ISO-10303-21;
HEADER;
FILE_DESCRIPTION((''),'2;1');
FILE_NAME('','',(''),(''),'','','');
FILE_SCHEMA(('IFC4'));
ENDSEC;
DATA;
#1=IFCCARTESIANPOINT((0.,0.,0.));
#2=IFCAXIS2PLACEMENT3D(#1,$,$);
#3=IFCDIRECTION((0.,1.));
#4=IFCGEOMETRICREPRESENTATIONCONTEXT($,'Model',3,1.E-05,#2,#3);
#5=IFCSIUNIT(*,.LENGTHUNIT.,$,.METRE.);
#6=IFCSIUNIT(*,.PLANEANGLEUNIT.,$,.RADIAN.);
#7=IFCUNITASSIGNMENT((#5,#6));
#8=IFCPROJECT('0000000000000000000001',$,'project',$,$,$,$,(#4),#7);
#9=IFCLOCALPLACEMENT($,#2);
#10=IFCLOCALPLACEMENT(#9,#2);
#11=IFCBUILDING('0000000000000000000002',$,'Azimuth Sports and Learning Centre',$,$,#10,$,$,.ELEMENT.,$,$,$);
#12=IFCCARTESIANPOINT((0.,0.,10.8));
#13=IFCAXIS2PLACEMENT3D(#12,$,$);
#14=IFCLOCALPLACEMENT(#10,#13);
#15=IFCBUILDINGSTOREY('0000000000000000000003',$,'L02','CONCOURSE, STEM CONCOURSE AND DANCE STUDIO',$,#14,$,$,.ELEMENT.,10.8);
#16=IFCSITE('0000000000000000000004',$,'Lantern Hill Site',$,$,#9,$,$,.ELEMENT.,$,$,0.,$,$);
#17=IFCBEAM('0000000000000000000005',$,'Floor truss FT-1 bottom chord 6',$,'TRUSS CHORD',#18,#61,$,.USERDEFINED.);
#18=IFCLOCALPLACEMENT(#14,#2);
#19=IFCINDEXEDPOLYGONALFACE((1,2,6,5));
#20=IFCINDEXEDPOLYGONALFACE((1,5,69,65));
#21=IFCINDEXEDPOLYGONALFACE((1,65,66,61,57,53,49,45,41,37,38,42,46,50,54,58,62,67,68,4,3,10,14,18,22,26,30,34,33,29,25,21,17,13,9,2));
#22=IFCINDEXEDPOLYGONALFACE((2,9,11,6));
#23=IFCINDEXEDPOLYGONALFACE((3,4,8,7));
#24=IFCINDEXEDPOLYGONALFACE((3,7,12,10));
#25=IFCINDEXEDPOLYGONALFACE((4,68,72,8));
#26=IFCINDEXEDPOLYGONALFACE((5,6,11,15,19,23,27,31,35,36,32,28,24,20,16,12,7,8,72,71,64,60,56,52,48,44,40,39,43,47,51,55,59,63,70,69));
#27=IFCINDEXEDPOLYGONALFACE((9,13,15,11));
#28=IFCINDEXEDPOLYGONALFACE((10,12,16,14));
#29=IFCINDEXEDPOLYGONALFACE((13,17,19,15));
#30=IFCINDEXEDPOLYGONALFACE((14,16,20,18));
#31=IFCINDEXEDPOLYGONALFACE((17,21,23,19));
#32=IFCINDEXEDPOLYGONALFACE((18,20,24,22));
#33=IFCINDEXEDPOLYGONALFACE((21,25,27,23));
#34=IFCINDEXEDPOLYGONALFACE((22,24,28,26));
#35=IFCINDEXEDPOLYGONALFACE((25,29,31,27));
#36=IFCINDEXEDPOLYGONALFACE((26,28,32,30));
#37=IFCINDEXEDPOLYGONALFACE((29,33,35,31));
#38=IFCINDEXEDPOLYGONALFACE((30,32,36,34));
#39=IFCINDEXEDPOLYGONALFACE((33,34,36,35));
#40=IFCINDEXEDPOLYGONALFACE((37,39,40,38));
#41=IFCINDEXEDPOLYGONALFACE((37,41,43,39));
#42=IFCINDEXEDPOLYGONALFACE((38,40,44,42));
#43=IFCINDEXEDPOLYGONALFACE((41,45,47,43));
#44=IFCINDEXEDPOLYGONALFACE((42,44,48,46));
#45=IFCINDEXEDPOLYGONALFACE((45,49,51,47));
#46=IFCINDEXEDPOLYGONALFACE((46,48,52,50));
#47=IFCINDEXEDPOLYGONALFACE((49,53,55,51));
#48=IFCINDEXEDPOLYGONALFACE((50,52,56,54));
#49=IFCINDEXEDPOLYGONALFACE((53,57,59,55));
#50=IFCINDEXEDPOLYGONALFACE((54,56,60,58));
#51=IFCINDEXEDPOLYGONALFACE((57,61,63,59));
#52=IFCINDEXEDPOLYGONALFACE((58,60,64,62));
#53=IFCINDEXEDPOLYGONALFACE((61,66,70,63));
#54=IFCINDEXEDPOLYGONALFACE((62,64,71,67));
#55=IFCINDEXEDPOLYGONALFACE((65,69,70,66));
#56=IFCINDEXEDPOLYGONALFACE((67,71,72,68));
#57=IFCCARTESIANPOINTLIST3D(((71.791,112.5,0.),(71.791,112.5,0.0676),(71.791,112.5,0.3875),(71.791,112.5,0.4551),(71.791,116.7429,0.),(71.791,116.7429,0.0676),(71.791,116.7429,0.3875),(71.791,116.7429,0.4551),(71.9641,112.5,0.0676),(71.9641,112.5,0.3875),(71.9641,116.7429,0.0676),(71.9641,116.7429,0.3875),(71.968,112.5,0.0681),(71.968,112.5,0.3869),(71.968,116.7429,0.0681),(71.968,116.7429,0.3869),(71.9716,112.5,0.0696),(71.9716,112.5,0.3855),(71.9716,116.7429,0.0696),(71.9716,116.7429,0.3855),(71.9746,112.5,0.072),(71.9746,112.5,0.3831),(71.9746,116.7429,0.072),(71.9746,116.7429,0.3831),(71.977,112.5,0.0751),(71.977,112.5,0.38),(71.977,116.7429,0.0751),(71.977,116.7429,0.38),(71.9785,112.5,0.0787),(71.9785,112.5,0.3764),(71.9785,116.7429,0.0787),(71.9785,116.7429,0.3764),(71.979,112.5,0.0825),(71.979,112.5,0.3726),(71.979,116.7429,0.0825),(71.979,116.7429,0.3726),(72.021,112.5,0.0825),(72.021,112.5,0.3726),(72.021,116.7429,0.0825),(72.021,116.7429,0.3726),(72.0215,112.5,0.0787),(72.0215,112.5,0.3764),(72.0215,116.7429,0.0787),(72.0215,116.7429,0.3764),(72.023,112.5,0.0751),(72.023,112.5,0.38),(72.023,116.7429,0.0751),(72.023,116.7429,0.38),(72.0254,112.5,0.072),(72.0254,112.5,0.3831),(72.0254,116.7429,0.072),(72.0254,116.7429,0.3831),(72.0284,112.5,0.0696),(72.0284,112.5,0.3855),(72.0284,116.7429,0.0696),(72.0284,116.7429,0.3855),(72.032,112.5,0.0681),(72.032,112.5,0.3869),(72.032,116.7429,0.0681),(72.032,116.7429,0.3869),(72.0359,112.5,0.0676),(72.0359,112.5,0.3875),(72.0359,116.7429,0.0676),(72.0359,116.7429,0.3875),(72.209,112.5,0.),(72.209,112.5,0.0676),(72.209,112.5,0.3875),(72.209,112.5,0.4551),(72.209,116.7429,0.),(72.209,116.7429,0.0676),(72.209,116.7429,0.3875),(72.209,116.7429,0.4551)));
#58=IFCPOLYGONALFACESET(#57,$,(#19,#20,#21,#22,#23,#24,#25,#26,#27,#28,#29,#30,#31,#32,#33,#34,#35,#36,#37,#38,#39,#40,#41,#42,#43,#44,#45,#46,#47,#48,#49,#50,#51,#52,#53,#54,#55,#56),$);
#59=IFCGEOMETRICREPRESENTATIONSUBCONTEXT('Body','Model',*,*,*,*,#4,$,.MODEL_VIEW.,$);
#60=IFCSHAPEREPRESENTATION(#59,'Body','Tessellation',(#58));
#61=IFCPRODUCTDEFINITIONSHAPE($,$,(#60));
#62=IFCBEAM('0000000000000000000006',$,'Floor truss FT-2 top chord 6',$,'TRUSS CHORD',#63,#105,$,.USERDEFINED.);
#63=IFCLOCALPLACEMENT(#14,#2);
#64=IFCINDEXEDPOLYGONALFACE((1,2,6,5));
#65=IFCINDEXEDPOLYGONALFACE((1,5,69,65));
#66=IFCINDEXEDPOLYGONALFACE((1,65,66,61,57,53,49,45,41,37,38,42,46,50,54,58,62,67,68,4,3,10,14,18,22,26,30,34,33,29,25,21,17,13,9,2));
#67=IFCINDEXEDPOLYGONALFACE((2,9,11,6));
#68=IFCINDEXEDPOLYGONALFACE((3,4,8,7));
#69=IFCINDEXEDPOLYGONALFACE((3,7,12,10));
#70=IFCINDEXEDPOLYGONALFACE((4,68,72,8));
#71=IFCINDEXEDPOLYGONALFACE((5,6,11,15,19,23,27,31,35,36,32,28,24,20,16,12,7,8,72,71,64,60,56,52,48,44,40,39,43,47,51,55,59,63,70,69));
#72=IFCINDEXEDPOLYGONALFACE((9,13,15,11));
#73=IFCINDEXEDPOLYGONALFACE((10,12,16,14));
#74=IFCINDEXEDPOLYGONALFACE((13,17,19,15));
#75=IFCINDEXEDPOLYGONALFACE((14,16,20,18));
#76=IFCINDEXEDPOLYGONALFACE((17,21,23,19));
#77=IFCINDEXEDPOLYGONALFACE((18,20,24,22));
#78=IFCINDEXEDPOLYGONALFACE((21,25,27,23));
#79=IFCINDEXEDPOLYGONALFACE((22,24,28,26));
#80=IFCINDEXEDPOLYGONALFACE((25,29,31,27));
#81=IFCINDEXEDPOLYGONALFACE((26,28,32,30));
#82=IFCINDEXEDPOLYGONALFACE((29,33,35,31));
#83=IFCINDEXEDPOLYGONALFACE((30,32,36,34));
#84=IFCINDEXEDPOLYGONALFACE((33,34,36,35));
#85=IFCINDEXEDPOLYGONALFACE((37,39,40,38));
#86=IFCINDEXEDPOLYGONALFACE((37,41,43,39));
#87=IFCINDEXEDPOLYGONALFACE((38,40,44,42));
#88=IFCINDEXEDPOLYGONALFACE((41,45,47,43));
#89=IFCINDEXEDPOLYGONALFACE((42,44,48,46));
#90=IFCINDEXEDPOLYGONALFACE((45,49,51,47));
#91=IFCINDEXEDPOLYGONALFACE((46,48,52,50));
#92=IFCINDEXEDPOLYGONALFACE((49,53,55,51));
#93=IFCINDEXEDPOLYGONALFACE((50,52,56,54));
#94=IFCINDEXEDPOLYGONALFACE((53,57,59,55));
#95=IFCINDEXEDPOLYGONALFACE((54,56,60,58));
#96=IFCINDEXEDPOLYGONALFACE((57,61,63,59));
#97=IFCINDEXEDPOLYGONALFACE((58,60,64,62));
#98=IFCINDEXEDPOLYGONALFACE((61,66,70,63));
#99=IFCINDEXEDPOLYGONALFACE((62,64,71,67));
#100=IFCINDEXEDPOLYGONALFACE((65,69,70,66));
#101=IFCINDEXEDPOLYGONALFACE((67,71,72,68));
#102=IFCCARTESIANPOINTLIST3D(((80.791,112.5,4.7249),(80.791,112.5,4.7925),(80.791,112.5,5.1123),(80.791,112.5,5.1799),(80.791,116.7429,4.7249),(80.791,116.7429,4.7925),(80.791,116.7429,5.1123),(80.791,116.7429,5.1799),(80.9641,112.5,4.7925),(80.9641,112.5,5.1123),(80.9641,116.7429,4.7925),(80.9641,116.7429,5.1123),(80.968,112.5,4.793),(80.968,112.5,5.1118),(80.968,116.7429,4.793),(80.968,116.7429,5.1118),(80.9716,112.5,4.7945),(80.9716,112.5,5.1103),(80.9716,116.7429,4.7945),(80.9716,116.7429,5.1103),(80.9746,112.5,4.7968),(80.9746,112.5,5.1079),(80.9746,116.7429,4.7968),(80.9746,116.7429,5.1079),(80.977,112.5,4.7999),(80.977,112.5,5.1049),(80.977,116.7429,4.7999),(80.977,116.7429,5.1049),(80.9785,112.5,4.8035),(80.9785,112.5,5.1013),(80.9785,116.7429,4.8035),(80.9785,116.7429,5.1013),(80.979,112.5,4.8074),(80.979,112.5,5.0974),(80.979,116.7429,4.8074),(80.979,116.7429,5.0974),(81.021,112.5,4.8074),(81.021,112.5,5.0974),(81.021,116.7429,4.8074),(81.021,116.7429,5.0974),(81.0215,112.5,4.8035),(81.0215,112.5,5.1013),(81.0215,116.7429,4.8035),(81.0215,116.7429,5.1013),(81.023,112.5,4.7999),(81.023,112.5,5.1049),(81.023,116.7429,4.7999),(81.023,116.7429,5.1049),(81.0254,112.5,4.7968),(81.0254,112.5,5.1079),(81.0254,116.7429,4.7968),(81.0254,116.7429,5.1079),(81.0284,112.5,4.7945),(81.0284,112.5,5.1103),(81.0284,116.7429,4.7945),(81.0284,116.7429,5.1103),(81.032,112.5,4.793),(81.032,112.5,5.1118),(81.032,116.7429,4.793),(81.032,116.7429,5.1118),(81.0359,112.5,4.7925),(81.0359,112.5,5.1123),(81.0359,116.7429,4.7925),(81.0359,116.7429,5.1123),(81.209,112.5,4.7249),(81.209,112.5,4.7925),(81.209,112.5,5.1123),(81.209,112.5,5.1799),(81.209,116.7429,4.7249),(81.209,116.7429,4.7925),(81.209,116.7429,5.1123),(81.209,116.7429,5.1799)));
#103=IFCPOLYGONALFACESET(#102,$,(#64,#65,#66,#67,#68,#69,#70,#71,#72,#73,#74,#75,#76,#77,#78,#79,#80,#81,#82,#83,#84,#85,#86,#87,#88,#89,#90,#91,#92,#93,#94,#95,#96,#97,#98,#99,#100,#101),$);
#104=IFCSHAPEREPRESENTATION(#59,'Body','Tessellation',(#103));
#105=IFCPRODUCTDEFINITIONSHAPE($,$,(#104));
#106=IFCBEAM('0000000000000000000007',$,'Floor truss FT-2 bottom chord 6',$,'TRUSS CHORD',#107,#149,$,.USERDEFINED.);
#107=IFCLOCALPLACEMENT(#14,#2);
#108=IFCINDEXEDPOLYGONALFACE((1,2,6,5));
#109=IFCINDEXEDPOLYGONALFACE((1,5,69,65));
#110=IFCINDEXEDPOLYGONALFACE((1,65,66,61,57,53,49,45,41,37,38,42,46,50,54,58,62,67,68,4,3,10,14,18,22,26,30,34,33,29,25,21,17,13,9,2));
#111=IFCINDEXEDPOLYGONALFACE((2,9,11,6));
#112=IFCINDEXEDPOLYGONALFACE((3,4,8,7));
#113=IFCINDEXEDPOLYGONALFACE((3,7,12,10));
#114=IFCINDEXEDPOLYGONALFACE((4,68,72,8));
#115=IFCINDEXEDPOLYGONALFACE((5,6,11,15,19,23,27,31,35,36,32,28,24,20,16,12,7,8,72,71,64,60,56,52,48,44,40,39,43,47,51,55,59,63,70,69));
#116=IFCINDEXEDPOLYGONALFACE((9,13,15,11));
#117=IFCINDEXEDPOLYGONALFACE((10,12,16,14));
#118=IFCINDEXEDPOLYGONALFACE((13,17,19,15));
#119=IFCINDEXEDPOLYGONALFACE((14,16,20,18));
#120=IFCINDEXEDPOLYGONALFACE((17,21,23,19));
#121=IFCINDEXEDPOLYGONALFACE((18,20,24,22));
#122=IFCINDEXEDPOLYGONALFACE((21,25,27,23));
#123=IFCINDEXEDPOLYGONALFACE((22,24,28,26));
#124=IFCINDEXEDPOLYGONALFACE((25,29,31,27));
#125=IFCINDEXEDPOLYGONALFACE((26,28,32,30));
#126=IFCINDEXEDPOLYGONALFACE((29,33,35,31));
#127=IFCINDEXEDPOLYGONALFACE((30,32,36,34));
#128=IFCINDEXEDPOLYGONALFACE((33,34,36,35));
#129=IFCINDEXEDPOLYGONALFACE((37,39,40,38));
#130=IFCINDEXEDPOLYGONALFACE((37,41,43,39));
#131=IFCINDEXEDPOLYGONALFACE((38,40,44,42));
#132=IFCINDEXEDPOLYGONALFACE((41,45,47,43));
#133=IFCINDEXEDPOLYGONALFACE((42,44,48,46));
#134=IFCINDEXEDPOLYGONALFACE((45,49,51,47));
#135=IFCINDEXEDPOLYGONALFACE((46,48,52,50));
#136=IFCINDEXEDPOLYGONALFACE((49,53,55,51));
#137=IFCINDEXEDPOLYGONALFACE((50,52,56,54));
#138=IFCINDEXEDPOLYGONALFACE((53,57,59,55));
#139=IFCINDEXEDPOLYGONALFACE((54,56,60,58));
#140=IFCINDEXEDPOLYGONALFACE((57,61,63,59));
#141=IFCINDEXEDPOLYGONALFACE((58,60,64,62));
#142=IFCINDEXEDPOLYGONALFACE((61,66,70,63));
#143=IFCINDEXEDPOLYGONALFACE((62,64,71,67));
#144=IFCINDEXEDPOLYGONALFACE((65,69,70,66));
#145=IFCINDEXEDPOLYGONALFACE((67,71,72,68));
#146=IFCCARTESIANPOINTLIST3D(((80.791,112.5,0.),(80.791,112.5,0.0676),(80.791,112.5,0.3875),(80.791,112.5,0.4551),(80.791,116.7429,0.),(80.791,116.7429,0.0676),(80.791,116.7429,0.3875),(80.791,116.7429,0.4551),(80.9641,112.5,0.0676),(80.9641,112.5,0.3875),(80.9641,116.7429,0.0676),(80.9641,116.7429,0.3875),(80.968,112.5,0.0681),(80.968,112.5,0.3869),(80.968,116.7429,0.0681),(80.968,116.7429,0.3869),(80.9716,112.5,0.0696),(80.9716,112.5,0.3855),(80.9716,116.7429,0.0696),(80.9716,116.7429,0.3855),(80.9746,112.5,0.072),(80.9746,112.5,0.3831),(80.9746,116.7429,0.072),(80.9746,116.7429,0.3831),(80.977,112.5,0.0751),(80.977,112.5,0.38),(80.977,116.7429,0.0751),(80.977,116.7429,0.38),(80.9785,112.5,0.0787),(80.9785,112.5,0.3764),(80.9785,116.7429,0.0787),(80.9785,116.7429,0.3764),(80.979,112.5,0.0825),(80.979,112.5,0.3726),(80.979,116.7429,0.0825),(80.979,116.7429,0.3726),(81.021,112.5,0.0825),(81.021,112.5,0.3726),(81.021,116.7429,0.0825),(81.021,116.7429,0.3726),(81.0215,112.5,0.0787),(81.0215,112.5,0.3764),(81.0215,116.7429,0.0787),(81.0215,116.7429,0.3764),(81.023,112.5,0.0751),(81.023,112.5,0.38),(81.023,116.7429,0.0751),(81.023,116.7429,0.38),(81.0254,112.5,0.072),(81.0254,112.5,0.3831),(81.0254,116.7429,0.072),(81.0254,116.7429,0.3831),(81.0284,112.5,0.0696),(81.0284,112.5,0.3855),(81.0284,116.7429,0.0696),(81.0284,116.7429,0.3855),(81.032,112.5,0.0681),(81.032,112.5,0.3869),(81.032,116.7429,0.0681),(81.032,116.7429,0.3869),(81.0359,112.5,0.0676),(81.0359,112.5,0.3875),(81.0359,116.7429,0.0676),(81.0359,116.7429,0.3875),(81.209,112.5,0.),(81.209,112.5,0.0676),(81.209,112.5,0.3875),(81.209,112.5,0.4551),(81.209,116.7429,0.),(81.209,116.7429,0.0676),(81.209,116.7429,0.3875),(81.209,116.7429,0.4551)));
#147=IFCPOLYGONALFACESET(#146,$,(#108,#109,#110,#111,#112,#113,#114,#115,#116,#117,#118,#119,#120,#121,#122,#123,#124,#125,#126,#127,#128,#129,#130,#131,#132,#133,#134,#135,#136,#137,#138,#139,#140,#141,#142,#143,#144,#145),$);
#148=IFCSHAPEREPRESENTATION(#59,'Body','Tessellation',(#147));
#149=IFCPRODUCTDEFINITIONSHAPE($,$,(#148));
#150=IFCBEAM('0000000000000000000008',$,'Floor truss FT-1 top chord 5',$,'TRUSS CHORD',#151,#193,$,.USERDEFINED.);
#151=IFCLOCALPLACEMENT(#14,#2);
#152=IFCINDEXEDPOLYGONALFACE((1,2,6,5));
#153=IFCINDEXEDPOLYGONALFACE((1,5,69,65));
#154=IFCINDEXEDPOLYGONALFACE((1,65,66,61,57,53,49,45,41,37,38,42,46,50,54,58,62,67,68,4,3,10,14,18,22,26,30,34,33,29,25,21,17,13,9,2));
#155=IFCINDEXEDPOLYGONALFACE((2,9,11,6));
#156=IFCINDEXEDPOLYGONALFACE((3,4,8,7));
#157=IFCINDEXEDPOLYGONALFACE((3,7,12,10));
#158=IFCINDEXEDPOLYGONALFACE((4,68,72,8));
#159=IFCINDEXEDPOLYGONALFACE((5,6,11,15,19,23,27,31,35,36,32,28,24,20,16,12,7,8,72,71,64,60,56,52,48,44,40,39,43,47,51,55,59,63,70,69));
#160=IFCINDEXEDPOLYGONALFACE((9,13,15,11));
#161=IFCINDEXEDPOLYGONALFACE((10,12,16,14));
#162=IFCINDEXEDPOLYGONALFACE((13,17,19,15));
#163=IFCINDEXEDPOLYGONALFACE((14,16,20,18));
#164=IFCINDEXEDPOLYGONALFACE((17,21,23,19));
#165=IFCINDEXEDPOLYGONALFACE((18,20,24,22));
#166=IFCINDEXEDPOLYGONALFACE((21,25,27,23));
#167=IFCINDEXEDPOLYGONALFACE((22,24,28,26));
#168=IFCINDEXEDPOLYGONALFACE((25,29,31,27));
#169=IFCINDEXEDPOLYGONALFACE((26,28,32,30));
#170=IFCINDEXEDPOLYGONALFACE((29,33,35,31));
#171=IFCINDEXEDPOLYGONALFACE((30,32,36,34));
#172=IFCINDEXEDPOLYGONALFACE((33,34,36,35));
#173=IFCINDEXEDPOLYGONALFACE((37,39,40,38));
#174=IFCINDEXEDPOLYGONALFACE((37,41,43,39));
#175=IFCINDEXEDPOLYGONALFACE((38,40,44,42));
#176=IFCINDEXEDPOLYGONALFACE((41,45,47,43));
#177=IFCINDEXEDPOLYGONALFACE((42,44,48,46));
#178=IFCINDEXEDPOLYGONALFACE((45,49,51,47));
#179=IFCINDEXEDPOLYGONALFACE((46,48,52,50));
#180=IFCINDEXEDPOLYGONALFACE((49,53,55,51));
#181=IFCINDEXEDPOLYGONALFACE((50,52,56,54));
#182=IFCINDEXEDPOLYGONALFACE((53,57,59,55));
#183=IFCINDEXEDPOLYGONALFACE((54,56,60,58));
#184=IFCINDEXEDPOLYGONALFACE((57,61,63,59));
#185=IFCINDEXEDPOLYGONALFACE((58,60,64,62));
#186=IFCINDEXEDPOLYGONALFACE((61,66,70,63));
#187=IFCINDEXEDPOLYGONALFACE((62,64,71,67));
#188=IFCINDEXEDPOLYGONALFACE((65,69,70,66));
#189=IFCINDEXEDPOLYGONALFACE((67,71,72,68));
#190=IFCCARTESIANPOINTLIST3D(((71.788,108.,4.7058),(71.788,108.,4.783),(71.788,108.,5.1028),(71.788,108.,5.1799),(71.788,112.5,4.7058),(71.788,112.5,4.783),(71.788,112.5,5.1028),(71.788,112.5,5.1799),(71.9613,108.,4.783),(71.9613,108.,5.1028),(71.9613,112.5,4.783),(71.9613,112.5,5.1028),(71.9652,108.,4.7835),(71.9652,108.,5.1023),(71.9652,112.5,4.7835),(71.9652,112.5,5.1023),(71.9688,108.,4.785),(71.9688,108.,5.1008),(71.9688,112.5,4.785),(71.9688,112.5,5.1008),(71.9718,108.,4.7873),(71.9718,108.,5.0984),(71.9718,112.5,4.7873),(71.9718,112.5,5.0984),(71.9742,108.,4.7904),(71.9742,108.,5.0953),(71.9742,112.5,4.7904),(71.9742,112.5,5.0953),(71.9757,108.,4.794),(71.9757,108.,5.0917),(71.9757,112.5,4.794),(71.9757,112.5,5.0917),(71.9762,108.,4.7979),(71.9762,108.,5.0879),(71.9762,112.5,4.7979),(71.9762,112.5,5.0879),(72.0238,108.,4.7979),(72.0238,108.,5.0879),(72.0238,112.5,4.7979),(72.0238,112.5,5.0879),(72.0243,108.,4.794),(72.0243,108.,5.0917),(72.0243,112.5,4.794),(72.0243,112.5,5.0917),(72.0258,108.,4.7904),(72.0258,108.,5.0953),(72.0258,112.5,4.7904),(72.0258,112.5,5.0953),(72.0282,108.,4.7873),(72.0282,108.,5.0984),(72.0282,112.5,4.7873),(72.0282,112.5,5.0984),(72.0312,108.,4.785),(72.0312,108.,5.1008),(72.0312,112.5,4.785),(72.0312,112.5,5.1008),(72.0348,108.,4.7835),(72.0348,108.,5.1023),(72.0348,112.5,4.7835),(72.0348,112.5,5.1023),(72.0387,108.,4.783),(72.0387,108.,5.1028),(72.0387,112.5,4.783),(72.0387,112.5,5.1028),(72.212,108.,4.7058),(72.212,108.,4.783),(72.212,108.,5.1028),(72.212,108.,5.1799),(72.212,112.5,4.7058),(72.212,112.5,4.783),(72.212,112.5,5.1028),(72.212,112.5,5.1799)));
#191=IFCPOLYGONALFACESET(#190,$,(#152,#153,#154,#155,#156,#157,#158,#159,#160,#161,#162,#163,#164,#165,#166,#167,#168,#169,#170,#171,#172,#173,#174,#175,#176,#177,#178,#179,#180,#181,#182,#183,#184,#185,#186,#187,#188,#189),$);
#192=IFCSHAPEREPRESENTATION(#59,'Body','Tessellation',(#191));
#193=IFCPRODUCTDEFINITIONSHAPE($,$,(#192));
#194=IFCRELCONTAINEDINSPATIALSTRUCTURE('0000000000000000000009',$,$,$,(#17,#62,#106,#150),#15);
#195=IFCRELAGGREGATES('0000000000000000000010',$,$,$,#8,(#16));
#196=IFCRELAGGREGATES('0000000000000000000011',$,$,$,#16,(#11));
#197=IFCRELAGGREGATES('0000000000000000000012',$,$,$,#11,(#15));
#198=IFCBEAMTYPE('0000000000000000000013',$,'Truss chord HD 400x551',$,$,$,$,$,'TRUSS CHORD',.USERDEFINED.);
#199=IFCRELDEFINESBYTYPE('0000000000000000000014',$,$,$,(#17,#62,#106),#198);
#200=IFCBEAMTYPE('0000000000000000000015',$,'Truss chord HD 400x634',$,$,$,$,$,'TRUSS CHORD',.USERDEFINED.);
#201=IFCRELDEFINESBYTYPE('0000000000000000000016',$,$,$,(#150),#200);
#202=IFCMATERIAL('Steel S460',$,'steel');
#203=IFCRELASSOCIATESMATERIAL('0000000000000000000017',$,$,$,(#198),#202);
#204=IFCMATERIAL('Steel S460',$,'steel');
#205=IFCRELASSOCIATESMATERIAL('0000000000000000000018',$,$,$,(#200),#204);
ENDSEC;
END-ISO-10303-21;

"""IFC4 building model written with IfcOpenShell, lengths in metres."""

from ifc_helpers import new_model, si_unit, direction, frame, origin, origin_2d, place, context, subcontext, project, spatial, i_section, extrude, material, material_profile, profile_set, type_object, element, save


model = new_model("IFC4")

# Units and contexts
model_context = context("Model", 3, precision=1e-05, world=origin(), true_north=direction((0.0, 1.0)))
body_context = subcontext(model_context, "Body", "Model", "MODEL_VIEW")
ifc_project = project(units=[si_unit("LENGTHUNIT", "METRE"), si_unit("PLANEANGLEUNIT", "RADIAN")], contexts=[model_context])

# Site, building, storey
site_placement = place(None, origin())
site = spatial("IfcSite", under=ifc_project, at=site_placement, Name="Lantern Hill Site", CompositionType="ELEMENT", RefElevation=0.0)
building_placement = place(site_placement, origin())
building = spatial("IfcBuilding", under=site, at=building_placement, Name="Azimuth Sports and Learning Centre", CompositionType="ELEMENT")
storey_placement = place(building_placement, frame((0.0, 0.0, 10.8)))
storey = spatial("IfcBuildingStorey", under=building, at=storey_placement, Name="L02", Description="CONCOURSE, STEM CONCOURSE AND DANCE STUDIO", CompositionType="ELEMENT", Elevation=10.8)

# Beams
ifc_material_1 = material(Name="Steel S460", Category="steel")
ifc_material_profile_1 = material_profile(ifc_material_1, i_section(OverallWidth=0.418, OverallDepth=0.4551, WebThickness=0.042, FlangeThickness=0.0676, FilletRadius=0.0149, at=origin_2d()), Name="HD 400x551")
ifc_profile_set_1 = profile_set([ifc_material_profile_1], Name="Steel S460")
beam_type_1 = type_object("IfcBeamType", Name="Truss chord HD 400x551", ElementType="TRUSS CHORD", PredefinedType="USERDEFINED", material=ifc_profile_set_1)
for number, where, z_axis, x_axis, name in (
    (1, (72.0, 112.5, 0.2275), (0.0, 1.0, 0.0), (-1.0, 0.0, 0.0), "Floor truss FT-1 bottom chord 6"),
    (2, (81.0, 112.5, 4.9524), (0.0, 1.0, 0.0), (-1.0, 0.0, 0.0), "Floor truss FT-2 top chord 6"),
    (3, (81.0, 112.5, 0.2275), (0.0, 1.0, 0.0), (-1.0, 0.0, 0.0), "Floor truss FT-2 bottom chord 6"),
):
    element("IfcBeam", number, at=place(storey_placement, frame(where, z_axis=z_axis, x_axis=x_axis)), inside=storey, type_object=beam_type_1, Name=name, ObjectType="TRUSS CHORD", PredefinedType="USERDEFINED", context=body_context, shape_type="SweptSolid", body=[
        extrude(i_section(OverallWidth=0.418, OverallDepth=0.4551, WebThickness=0.042, FlangeThickness=0.0676, FilletRadius=0.0149, at=origin_2d()), origin(), (0.0, 0.0, 1.0), 4.2429),
    ])
ifc_material_2 = material(Name="Steel S460", Category="steel")
ifc_material_profile_2 = material_profile(ifc_material_2, i_section(OverallWidth=0.4241, OverallDepth=0.4741, WebThickness=0.0476, FlangeThickness=0.0771, FilletRadius=0.0149, at=origin_2d()), Name="HD 400x634")
ifc_profile_set_2 = profile_set([ifc_material_profile_2], Name="Steel S460")
beam_type_2 = type_object("IfcBeamType", Name="Truss chord HD 400x634", ElementType="TRUSS CHORD", PredefinedType="USERDEFINED", material=ifc_profile_set_2)
for number, where, z_axis, x_axis, name in (
    (4, (72.0, 108.0, 4.9429), (0.0, 1.0, 0.0), (-1.0, 0.0, 0.0), "Floor truss FT-1 top chord 5"),
):
    element("IfcBeam", number, at=place(storey_placement, frame(where, z_axis=z_axis, x_axis=x_axis)), inside=storey, type_object=beam_type_2, Name=name, ObjectType="TRUSS CHORD", PredefinedType="USERDEFINED", context=body_context, shape_type="SweptSolid", body=[
        extrude(i_section(OverallWidth=0.4241, OverallDepth=0.4741, WebThickness=0.0476, FlangeThickness=0.0771, FilletRadius=0.0149, at=origin_2d()), origin(), (0.0, 0.0, 1.0), 4.5),
    ])

save(model, "model.ifc")
